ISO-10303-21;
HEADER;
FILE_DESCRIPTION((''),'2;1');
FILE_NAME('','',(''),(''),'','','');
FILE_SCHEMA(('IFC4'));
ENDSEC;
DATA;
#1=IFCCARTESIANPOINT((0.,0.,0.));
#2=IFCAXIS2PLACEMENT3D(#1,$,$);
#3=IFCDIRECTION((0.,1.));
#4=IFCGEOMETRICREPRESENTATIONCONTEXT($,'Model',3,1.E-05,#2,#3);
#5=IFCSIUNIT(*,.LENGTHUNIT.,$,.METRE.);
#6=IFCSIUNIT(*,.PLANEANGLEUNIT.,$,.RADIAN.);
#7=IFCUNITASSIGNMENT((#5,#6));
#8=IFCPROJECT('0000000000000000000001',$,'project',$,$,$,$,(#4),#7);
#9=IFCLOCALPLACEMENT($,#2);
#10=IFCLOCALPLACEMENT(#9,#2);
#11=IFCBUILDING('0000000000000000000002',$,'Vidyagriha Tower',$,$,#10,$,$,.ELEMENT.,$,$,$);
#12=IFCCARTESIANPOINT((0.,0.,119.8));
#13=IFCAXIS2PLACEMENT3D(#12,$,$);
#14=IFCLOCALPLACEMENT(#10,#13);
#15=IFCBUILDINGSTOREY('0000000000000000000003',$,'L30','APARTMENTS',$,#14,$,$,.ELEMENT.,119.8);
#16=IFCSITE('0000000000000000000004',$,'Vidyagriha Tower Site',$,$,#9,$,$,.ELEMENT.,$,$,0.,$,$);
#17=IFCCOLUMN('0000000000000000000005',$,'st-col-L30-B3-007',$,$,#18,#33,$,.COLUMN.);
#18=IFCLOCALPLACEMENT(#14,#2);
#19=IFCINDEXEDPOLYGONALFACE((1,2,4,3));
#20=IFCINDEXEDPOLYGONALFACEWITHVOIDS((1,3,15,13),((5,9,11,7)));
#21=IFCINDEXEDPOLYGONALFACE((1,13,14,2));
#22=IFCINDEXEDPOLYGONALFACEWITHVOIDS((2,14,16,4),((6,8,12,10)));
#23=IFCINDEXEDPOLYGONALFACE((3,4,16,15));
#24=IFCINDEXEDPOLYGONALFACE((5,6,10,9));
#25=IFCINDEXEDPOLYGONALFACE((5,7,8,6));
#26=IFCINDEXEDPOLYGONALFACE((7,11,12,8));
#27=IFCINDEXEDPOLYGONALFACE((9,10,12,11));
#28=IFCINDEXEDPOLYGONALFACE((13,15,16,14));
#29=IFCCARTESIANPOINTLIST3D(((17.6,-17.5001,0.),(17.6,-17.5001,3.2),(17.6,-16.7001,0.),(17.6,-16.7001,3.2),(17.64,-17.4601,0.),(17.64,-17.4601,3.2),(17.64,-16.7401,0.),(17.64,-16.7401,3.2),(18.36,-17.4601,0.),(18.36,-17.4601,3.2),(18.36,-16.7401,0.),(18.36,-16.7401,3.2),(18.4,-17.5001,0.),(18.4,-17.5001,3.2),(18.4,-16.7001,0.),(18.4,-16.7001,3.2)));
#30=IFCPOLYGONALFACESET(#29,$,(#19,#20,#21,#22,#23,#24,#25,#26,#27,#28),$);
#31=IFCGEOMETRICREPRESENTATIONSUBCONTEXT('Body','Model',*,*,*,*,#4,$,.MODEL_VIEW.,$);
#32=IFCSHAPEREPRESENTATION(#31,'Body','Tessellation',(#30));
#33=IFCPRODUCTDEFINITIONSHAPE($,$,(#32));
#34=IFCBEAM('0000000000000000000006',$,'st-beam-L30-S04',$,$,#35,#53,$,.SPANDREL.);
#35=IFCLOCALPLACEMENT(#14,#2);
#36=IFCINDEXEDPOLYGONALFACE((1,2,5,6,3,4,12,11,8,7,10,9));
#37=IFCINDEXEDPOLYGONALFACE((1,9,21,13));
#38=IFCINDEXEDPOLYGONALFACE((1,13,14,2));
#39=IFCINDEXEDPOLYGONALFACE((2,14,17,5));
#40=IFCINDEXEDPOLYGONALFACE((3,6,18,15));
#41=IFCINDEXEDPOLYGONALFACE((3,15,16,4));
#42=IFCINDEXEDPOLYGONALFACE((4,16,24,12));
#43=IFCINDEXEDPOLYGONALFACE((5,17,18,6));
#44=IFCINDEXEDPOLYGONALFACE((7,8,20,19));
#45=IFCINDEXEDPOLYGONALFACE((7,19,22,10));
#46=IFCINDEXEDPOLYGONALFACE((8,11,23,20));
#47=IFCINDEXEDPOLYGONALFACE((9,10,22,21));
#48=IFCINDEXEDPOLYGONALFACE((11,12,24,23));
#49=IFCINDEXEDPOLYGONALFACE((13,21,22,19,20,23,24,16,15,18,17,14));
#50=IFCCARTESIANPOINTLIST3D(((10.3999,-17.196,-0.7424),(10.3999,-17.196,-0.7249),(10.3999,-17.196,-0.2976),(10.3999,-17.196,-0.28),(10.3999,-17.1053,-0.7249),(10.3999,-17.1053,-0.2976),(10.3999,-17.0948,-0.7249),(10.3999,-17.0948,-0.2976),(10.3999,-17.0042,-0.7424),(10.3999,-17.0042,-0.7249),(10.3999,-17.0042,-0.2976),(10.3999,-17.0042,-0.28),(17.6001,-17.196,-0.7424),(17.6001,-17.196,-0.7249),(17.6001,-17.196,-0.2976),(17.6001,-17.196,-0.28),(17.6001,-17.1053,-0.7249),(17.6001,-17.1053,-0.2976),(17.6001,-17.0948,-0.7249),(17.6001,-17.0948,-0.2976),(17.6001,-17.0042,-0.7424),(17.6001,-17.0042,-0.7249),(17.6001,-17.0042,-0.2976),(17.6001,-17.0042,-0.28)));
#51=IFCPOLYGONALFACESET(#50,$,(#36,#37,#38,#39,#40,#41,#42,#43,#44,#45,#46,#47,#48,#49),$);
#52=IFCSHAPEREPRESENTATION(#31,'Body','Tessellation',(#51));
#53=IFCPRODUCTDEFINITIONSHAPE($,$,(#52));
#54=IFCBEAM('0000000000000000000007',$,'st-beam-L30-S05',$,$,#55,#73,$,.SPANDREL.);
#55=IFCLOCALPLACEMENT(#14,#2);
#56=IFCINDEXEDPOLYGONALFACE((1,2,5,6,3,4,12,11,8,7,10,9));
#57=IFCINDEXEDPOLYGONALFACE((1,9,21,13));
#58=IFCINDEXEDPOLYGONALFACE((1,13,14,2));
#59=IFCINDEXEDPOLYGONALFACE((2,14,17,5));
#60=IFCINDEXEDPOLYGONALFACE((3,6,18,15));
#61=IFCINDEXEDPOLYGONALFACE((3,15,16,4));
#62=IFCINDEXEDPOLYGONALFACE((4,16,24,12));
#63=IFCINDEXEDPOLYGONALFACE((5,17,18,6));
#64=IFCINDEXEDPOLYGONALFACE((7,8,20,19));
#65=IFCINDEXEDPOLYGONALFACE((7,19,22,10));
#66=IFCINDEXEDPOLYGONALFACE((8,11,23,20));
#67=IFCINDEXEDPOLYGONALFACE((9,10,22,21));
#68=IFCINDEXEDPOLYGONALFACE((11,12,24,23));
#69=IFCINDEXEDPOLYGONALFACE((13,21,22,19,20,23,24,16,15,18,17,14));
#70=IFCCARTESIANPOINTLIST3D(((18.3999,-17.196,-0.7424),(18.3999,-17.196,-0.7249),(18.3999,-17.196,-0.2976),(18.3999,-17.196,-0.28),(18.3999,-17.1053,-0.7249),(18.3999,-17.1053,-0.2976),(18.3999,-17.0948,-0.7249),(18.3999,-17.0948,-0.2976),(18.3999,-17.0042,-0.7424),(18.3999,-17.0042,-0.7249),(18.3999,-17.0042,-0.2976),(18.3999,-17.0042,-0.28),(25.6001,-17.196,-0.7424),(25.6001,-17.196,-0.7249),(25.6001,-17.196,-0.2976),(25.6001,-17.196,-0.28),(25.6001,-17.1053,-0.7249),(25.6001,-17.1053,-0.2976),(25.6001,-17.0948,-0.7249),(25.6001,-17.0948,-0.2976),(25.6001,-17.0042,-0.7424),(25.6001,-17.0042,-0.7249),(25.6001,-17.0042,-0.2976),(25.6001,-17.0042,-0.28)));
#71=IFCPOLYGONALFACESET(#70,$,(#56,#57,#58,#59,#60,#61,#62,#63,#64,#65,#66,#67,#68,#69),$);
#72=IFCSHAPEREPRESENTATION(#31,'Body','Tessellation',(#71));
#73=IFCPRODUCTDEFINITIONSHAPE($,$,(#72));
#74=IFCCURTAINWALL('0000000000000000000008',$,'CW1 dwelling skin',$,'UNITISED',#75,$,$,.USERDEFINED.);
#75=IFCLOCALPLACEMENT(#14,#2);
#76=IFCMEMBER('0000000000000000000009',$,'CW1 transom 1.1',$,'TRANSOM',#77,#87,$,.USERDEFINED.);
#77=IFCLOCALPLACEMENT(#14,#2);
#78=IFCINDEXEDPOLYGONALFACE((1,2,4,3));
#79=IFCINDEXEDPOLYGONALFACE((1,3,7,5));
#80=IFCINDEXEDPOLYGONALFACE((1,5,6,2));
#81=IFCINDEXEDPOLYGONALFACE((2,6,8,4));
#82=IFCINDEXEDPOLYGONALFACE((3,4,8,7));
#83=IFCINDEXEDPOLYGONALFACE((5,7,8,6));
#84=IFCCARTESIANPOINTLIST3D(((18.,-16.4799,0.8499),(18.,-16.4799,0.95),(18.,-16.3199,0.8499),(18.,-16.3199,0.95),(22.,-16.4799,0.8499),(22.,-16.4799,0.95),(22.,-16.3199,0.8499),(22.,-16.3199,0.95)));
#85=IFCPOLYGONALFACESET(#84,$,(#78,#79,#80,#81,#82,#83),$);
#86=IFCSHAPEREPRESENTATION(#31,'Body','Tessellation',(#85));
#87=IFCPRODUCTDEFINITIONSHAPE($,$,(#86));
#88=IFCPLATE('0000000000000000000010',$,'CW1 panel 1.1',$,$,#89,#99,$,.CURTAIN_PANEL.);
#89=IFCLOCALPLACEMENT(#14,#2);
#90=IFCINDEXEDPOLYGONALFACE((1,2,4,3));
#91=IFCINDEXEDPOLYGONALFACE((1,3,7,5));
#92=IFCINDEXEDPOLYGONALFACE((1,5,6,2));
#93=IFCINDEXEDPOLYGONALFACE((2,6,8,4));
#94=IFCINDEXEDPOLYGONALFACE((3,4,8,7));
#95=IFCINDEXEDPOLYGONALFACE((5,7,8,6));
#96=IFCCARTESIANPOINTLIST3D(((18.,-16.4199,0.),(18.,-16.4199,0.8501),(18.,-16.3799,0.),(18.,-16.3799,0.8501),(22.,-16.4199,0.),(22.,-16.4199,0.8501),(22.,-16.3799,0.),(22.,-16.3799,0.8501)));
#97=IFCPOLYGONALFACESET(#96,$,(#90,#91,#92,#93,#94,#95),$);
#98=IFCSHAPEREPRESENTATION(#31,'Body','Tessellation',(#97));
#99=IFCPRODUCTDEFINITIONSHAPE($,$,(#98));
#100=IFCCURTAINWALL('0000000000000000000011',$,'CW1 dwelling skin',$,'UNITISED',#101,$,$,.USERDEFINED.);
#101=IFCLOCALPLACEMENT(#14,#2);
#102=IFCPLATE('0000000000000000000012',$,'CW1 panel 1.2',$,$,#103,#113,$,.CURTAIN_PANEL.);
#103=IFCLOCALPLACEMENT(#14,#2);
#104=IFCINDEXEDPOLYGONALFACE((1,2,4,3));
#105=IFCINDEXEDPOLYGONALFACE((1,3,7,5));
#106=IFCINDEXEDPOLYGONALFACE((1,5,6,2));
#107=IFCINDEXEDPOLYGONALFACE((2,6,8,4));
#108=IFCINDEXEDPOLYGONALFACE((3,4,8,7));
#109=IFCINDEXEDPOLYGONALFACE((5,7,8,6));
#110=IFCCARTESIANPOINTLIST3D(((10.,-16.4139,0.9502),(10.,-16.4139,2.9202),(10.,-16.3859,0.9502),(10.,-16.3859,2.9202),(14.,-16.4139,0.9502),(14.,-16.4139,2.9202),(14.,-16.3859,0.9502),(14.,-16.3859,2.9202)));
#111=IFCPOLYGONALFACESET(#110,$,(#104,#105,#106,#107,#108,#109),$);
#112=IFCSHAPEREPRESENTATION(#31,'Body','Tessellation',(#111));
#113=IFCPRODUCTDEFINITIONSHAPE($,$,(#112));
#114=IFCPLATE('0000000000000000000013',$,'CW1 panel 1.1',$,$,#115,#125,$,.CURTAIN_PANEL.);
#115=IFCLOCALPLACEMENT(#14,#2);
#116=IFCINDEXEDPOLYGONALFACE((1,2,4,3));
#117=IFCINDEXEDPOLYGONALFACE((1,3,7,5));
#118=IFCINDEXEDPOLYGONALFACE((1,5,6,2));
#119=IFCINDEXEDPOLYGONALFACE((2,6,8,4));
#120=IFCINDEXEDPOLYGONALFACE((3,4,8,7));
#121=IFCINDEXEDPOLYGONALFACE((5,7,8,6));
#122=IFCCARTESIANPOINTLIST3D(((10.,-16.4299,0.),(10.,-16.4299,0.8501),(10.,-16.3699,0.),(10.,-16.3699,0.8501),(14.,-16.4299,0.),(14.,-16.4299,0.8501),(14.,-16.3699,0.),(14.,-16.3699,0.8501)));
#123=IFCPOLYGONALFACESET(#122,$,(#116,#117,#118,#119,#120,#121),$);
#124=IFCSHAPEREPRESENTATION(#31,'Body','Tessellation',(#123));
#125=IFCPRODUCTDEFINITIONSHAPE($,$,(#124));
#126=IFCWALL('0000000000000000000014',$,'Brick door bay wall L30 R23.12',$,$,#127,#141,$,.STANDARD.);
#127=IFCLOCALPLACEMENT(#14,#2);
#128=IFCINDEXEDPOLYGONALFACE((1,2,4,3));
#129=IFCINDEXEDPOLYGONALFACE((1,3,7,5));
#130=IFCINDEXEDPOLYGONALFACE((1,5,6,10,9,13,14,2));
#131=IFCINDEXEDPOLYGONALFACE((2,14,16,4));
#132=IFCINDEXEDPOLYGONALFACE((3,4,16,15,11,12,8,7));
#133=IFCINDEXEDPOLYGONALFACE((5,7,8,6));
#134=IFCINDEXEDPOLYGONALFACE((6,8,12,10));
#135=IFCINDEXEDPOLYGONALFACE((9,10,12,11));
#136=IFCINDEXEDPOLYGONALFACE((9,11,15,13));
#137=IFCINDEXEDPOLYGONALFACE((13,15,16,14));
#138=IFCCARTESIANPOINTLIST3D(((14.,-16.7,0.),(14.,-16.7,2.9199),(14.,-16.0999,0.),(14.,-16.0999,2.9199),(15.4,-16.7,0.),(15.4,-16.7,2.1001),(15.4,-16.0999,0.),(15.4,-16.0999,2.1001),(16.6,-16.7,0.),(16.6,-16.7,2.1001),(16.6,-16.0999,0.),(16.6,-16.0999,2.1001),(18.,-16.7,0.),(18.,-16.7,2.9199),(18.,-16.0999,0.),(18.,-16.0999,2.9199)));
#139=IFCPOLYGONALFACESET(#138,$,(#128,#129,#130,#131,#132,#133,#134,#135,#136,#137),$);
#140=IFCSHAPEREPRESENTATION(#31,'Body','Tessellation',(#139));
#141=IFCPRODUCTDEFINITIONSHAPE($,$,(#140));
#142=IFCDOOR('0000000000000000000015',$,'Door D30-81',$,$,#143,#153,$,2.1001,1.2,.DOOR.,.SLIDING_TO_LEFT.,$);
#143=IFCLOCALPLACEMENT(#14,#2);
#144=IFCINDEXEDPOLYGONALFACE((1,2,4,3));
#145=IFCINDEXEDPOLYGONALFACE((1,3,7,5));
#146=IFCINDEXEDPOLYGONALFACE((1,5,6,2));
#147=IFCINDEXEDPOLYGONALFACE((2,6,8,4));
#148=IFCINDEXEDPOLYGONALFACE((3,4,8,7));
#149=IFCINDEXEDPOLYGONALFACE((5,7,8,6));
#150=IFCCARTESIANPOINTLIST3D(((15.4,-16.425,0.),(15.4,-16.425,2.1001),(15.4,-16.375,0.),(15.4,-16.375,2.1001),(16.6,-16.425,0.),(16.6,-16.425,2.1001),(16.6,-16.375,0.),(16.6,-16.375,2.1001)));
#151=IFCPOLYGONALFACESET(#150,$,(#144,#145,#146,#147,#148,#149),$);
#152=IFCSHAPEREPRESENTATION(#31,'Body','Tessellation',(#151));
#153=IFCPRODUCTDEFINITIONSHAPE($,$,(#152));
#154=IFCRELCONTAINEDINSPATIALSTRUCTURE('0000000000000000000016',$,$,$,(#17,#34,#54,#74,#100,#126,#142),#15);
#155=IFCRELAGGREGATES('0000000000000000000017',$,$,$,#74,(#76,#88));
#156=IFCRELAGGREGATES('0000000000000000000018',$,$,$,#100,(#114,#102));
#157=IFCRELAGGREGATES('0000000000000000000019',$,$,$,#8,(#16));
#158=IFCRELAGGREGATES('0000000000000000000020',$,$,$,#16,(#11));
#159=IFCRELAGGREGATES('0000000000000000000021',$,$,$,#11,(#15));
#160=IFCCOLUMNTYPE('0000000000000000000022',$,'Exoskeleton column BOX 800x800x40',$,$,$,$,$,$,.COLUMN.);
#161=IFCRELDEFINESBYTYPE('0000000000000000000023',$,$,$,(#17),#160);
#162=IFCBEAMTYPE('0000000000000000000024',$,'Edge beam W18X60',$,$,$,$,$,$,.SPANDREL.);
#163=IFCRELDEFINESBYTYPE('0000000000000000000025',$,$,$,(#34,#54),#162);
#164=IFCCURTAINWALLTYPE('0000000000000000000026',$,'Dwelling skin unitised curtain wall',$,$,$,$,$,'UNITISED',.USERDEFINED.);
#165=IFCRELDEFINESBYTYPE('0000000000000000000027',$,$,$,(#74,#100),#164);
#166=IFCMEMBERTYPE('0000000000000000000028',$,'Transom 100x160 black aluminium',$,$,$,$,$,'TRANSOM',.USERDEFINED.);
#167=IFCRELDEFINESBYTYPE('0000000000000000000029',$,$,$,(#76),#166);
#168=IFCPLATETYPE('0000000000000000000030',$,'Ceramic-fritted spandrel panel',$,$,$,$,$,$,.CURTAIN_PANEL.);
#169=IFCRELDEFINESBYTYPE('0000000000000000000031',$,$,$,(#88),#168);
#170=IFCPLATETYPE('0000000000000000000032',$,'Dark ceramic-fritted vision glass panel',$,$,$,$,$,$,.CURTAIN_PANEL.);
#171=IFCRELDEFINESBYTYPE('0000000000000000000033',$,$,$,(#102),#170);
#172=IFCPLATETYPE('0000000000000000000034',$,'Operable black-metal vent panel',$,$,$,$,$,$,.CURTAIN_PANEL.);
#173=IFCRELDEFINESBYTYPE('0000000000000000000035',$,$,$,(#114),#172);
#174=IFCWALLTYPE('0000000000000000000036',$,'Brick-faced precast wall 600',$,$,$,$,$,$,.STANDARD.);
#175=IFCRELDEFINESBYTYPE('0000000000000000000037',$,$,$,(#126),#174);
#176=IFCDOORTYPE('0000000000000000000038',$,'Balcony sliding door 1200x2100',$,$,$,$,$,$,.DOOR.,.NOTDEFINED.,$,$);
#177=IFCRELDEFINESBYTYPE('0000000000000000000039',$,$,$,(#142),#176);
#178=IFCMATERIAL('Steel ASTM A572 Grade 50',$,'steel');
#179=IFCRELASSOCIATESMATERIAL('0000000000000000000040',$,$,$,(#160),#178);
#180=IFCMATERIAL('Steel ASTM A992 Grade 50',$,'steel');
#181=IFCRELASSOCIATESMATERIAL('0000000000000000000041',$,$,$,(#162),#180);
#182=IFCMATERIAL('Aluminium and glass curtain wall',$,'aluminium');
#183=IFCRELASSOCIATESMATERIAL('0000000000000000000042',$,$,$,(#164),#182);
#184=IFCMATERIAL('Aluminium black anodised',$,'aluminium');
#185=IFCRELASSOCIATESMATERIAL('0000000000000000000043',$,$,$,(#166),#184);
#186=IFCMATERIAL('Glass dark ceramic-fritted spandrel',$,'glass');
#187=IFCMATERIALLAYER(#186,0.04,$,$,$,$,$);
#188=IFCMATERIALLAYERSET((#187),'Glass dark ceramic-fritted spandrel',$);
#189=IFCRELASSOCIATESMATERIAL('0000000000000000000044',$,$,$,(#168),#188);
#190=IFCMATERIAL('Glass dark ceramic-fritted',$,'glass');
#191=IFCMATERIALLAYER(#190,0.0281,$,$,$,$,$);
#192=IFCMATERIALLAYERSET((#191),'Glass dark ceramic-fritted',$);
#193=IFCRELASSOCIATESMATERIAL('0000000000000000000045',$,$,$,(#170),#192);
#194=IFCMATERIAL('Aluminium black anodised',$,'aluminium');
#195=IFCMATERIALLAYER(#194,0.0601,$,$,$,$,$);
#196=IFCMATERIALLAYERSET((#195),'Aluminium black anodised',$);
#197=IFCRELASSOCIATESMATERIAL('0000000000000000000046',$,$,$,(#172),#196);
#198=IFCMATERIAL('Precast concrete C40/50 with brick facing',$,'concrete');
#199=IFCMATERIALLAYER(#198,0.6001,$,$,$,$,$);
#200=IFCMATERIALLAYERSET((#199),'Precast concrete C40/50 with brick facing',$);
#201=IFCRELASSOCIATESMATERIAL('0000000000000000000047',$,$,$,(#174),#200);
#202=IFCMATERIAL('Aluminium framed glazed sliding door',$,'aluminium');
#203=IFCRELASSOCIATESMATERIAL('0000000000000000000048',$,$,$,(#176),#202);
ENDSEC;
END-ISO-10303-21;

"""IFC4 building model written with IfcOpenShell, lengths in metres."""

from ifc_helpers import new_model, si_unit, direction, frame, frame_2d, origin, origin_2d, place, context, subcontext, project, spatial, rectangle, hollow_rectangle, i_section, extrude, material, layer, layer_set, material_profile, profile_set, type_object, element, fill, aggregate, save


model = new_model("IFC4")

# Units and contexts
model_context = context("Model", 3, precision=1e-05, world=origin(), true_north=direction((0.0, 1.0)))
body_context = subcontext(model_context, "Body", "Model", "MODEL_VIEW")
ifc_project = project(units=[si_unit("LENGTHUNIT", "METRE"), si_unit("PLANEANGLEUNIT", "RADIAN")], contexts=[model_context])

# Site, building, storey
site_placement = place(None, origin())
site = spatial("IfcSite", under=ifc_project, at=site_placement, Name="Vidyagriha Tower Site", CompositionType="ELEMENT", RefElevation=0.0)
building_placement = place(site_placement, origin())
building = spatial("IfcBuilding", under=site, at=building_placement, Name="Vidyagriha Tower", CompositionType="ELEMENT")
storey_placement = place(building_placement, frame((0.0, 0.0, 119.8)))
storey = spatial("IfcBuildingStorey", under=building, at=storey_placement, Name="L30", Description="APARTMENTS", CompositionType="ELEMENT", Elevation=119.8)

# Column
ifc_material_1 = material(Name="Steel ASTM A572 Grade 50", Category="steel")
ifc_material_profile_1 = material_profile(ifc_material_1, hollow_rectangle(XDim=0.8, YDim=0.8, WallThickness=0.04, at=origin_2d()), Name="BOX 800x800x40")
ifc_profile_set_1 = profile_set([ifc_material_profile_1], Name="Steel ASTM A572 Grade 50")
column_type = type_object("IfcColumnType", Name="Exoskeleton column BOX 800x800x40", PredefinedType="COLUMN", material=ifc_profile_set_1)
column_placement = place(storey_placement, frame((18.0, -17.1001, 0.0)))
element("IfcColumn", 1, at=column_placement, inside=storey, type_object=column_type, Name="st-col-L30-B3-007", PredefinedType="COLUMN", context=body_context, shape_type="SweptSolid", body=[
    extrude(hollow_rectangle(XDim=0.8, YDim=0.8, WallThickness=0.04, at=origin_2d()), origin(), (0.0, 0.0, 1.0), 3.2),
])

# Beams
ifc_material_2 = material(Name="Steel ASTM A992 Grade 50", Category="steel")
ifc_material_profile_2 = material_profile(ifc_material_2, i_section(OverallWidth=0.1919, OverallDepth=0.4624, WebThickness=0.0105, FlangeThickness=0.0176, at=origin_2d()), Name="W18X60")
ifc_profile_set_2 = profile_set([ifc_material_profile_2], Name="Steel ASTM A992 Grade 50")
beam_type = type_object("IfcBeamType", Name="Edge beam W18X60", PredefinedType="SPANDREL", material=ifc_profile_set_2)
for number, where, z_axis, x_axis, name in (
    (2, (10.3999, -17.1001, -0.5112), (1.0, 0.0, 0.0), (0.0, 1.0, 0.0), "st-beam-L30-S04"),
    (3, (18.3999, -17.1001, -0.5112), (1.0, 0.0, 0.0), (0.0, 1.0, 0.0), "st-beam-L30-S05"),
):
    element("IfcBeam", number, at=place(storey_placement, frame(where, z_axis=z_axis, x_axis=x_axis)), inside=storey, type_object=beam_type, Name=name, PredefinedType="SPANDREL", context=body_context, shape_type="SweptSolid", body=[
        extrude(i_section(OverallWidth=0.1919, OverallDepth=0.4624, WebThickness=0.0105, FlangeThickness=0.0176, at=origin_2d()), origin(), (0.0, 0.0, 1.0), 7.2002),
    ])

# Curtain wall, member, plate
ifc_material_3 = material(Name="Aluminium and glass curtain wall", Category="aluminium")
curtain_wall_type = type_object("IfcCurtainWallType", Name="Dwelling skin unitised curtain wall", ElementType="UNITISED", PredefinedType="USERDEFINED", material=ifc_material_3)
curtain_wall_1_placement = place(storey_placement, origin())
curtain_wall_1 = element("IfcCurtainWall", 4, at=curtain_wall_1_placement, inside=storey, type_object=curtain_wall_type, Name="CW1 dwelling skin", ObjectType="UNITISED", PredefinedType="USERDEFINED")
ifc_material_4 = material(Name="Aluminium black anodised", Category="aluminium")
ifc_material_profile_3 = material_profile(ifc_material_4, rectangle(XDim=0.1599, YDim=0.1001, at=origin_2d()), Name="Transom 100x160 black aluminium")
ifc_profile_set_3 = profile_set([ifc_material_profile_3], Name="Aluminium black anodised")
member_type = type_object("IfcMemberType", Name="Transom 100x160 black aluminium", ElementType="TRANSOM", PredefinedType="USERDEFINED", material=ifc_profile_set_3)
member_placement = place(storey_placement, frame((18.0, -16.3999, 0.8999), z_axis=(1.0, 0.0, 0.0), x_axis=(0.0, 1.0, 0.0)))
member = element("IfcMember", 5, at=member_placement, type_object=member_type, Name="CW1 transom 1.1", ObjectType="TRANSOM", PredefinedType="USERDEFINED", context=body_context, shape_type="SweptSolid", body=[
    extrude(rectangle(XDim=0.1599, YDim=0.1001, at=origin_2d()), origin(), (0.0, 0.0, 1.0), 4.0),
])
ifc_material_5 = material(Name="Glass dark ceramic-fritted spandrel", Category="glass")
ifc_layer_1 = layer(ifc_material_5, 0.04)
ifc_layer_set_1 = layer_set([ifc_layer_1], Name="Glass dark ceramic-fritted spandrel")
plate_type_1 = type_object("IfcPlateType", Name="Ceramic-fritted spandrel panel", PredefinedType="CURTAIN_PANEL", material=ifc_layer_set_1)
plate_1_placement = place(storey_placement, frame((20.0, -16.3999, 0.0)))
plate_1 = element("IfcPlate", 6, at=plate_1_placement, type_object=plate_type_1, Name="CW1 panel 1.1", PredefinedType="CURTAIN_PANEL", context=body_context, shape_type="SweptSolid", body=[
    extrude(rectangle(XDim=4.0, YDim=0.04, at=origin_2d()), origin(), (0.0, 0.0, 1.0), 0.8501),
])
aggregate(curtain_wall_1, [member, plate_1])

# Curtain wall, plates
curtain_wall_2_placement = place(storey_placement, origin())
curtain_wall_2 = element("IfcCurtainWall", 7, at=curtain_wall_2_placement, inside=storey, type_object=curtain_wall_type, Name="CW1 dwelling skin", ObjectType="UNITISED", PredefinedType="USERDEFINED")
ifc_material_6 = material(Name="Glass dark ceramic-fritted", Category="glass")
ifc_layer_2 = layer(ifc_material_6, 0.0281)
ifc_layer_set_2 = layer_set([ifc_layer_2], Name="Glass dark ceramic-fritted")
plate_type_2 = type_object("IfcPlateType", Name="Dark ceramic-fritted vision glass panel", PredefinedType="CURTAIN_PANEL", material=ifc_layer_set_2)
plate_2_placement = place(storey_placement, frame((12.0, -16.3999, 0.9502)))
plate_2 = element("IfcPlate", 8, at=plate_2_placement, type_object=plate_type_2, Name="CW1 panel 1.2", PredefinedType="CURTAIN_PANEL", context=body_context, shape_type="SweptSolid", body=[
    extrude(rectangle(XDim=4.0, YDim=0.0281, at=origin_2d()), origin(), (0.0, 0.0, 1.0), 1.97),
])
ifc_material_7 = material(Name="Aluminium black anodised", Category="aluminium")
ifc_layer_3 = layer(ifc_material_7, 0.0601)
ifc_layer_set_3 = layer_set([ifc_layer_3], Name="Aluminium black anodised")
plate_type_3 = type_object("IfcPlateType", Name="Operable black-metal vent panel", PredefinedType="CURTAIN_PANEL", material=ifc_layer_set_3)
plate_3_placement = place(storey_placement, frame((12.0, -16.3999, 0.0)))
plate_3 = element("IfcPlate", 9, at=plate_3_placement, type_object=plate_type_3, Name="CW1 panel 1.1", PredefinedType="CURTAIN_PANEL", context=body_context, shape_type="SweptSolid", body=[
    extrude(rectangle(XDim=4.0, YDim=0.0601, at=origin_2d()), origin(), (0.0, 0.0, 1.0), 0.8501),
])
aggregate(curtain_wall_2, [plate_3, plate_2])

# Wall, opening, door
ifc_material_8 = material(Name="Precast concrete C40/50 with brick facing", Category="concrete")
ifc_layer_4 = layer(ifc_material_8, 0.6001)
ifc_layer_set_4 = layer_set([ifc_layer_4], Name="Precast concrete C40/50 with brick facing")
wall_type = type_object("IfcWallType", Name="Brick-faced precast wall 600", PredefinedType="STANDARD", material=ifc_layer_set_4)
wall_placement = place(storey_placement, frame((14.0, -16.3999, 0.0)))
wall = element("IfcWall", 10, at=wall_placement, inside=storey, type_object=wall_type, Name="Brick door bay wall L30 R23.12", PredefinedType="STANDARD", context=body_context, shape_type="SweptSolid", body=[
    extrude(rectangle(XDim=4.0, YDim=0.6001, at=frame_2d((2.0, 0.0))), origin(), (0.0, 0.0, 1.0), 2.9199),
])
opening_placement = place(wall_placement, frame((1.3999, 0.0, 0.0)))
opening = element("IfcOpeningElement", 11, at=opening_placement, cuts=wall, PredefinedType="OPENING", context=body_context, shape_type="SweptSolid", body=[
    extrude(rectangle(XDim=1.2, YDim=2.1001, at=frame_2d((0.6001, 1.05))), frame((0.0, 0.3101, 0.0), z_axis=(0.0, -1.0, 0.0), x_axis=(1.0, 0.0, 0.0)), (0.0, 0.0, 1.0), 0.6201),
])
ifc_material_9 = material(Name="Aluminium framed glazed sliding door", Category="aluminium")
door_type = type_object("IfcDoorType", Name="Balcony sliding door 1200x2100", OperationType="NOTDEFINED", PredefinedType="DOOR", material=ifc_material_9)
door_placement = place(opening_placement, origin())
door = element("IfcDoor", 12, at=door_placement, inside=storey, type_object=door_type, Name="Door D30-81", OperationType="SLIDING_TO_LEFT", OverallHeight=2.1001, OverallWidth=1.2, PredefinedType="DOOR", context=body_context, shape_type="SweptSolid", body=[
    extrude(rectangle(XDim=1.2, YDim=2.1001, at=frame_2d((0.6001, 1.05))), frame((0.0, 0.0249, 0.0), z_axis=(0.0, -1.0, 0.0), x_axis=(1.0, 0.0, 0.0)), (0.0, 0.0, 1.0), 0.05),
])
fill(opening, door)

save(model, "model.ifc")
